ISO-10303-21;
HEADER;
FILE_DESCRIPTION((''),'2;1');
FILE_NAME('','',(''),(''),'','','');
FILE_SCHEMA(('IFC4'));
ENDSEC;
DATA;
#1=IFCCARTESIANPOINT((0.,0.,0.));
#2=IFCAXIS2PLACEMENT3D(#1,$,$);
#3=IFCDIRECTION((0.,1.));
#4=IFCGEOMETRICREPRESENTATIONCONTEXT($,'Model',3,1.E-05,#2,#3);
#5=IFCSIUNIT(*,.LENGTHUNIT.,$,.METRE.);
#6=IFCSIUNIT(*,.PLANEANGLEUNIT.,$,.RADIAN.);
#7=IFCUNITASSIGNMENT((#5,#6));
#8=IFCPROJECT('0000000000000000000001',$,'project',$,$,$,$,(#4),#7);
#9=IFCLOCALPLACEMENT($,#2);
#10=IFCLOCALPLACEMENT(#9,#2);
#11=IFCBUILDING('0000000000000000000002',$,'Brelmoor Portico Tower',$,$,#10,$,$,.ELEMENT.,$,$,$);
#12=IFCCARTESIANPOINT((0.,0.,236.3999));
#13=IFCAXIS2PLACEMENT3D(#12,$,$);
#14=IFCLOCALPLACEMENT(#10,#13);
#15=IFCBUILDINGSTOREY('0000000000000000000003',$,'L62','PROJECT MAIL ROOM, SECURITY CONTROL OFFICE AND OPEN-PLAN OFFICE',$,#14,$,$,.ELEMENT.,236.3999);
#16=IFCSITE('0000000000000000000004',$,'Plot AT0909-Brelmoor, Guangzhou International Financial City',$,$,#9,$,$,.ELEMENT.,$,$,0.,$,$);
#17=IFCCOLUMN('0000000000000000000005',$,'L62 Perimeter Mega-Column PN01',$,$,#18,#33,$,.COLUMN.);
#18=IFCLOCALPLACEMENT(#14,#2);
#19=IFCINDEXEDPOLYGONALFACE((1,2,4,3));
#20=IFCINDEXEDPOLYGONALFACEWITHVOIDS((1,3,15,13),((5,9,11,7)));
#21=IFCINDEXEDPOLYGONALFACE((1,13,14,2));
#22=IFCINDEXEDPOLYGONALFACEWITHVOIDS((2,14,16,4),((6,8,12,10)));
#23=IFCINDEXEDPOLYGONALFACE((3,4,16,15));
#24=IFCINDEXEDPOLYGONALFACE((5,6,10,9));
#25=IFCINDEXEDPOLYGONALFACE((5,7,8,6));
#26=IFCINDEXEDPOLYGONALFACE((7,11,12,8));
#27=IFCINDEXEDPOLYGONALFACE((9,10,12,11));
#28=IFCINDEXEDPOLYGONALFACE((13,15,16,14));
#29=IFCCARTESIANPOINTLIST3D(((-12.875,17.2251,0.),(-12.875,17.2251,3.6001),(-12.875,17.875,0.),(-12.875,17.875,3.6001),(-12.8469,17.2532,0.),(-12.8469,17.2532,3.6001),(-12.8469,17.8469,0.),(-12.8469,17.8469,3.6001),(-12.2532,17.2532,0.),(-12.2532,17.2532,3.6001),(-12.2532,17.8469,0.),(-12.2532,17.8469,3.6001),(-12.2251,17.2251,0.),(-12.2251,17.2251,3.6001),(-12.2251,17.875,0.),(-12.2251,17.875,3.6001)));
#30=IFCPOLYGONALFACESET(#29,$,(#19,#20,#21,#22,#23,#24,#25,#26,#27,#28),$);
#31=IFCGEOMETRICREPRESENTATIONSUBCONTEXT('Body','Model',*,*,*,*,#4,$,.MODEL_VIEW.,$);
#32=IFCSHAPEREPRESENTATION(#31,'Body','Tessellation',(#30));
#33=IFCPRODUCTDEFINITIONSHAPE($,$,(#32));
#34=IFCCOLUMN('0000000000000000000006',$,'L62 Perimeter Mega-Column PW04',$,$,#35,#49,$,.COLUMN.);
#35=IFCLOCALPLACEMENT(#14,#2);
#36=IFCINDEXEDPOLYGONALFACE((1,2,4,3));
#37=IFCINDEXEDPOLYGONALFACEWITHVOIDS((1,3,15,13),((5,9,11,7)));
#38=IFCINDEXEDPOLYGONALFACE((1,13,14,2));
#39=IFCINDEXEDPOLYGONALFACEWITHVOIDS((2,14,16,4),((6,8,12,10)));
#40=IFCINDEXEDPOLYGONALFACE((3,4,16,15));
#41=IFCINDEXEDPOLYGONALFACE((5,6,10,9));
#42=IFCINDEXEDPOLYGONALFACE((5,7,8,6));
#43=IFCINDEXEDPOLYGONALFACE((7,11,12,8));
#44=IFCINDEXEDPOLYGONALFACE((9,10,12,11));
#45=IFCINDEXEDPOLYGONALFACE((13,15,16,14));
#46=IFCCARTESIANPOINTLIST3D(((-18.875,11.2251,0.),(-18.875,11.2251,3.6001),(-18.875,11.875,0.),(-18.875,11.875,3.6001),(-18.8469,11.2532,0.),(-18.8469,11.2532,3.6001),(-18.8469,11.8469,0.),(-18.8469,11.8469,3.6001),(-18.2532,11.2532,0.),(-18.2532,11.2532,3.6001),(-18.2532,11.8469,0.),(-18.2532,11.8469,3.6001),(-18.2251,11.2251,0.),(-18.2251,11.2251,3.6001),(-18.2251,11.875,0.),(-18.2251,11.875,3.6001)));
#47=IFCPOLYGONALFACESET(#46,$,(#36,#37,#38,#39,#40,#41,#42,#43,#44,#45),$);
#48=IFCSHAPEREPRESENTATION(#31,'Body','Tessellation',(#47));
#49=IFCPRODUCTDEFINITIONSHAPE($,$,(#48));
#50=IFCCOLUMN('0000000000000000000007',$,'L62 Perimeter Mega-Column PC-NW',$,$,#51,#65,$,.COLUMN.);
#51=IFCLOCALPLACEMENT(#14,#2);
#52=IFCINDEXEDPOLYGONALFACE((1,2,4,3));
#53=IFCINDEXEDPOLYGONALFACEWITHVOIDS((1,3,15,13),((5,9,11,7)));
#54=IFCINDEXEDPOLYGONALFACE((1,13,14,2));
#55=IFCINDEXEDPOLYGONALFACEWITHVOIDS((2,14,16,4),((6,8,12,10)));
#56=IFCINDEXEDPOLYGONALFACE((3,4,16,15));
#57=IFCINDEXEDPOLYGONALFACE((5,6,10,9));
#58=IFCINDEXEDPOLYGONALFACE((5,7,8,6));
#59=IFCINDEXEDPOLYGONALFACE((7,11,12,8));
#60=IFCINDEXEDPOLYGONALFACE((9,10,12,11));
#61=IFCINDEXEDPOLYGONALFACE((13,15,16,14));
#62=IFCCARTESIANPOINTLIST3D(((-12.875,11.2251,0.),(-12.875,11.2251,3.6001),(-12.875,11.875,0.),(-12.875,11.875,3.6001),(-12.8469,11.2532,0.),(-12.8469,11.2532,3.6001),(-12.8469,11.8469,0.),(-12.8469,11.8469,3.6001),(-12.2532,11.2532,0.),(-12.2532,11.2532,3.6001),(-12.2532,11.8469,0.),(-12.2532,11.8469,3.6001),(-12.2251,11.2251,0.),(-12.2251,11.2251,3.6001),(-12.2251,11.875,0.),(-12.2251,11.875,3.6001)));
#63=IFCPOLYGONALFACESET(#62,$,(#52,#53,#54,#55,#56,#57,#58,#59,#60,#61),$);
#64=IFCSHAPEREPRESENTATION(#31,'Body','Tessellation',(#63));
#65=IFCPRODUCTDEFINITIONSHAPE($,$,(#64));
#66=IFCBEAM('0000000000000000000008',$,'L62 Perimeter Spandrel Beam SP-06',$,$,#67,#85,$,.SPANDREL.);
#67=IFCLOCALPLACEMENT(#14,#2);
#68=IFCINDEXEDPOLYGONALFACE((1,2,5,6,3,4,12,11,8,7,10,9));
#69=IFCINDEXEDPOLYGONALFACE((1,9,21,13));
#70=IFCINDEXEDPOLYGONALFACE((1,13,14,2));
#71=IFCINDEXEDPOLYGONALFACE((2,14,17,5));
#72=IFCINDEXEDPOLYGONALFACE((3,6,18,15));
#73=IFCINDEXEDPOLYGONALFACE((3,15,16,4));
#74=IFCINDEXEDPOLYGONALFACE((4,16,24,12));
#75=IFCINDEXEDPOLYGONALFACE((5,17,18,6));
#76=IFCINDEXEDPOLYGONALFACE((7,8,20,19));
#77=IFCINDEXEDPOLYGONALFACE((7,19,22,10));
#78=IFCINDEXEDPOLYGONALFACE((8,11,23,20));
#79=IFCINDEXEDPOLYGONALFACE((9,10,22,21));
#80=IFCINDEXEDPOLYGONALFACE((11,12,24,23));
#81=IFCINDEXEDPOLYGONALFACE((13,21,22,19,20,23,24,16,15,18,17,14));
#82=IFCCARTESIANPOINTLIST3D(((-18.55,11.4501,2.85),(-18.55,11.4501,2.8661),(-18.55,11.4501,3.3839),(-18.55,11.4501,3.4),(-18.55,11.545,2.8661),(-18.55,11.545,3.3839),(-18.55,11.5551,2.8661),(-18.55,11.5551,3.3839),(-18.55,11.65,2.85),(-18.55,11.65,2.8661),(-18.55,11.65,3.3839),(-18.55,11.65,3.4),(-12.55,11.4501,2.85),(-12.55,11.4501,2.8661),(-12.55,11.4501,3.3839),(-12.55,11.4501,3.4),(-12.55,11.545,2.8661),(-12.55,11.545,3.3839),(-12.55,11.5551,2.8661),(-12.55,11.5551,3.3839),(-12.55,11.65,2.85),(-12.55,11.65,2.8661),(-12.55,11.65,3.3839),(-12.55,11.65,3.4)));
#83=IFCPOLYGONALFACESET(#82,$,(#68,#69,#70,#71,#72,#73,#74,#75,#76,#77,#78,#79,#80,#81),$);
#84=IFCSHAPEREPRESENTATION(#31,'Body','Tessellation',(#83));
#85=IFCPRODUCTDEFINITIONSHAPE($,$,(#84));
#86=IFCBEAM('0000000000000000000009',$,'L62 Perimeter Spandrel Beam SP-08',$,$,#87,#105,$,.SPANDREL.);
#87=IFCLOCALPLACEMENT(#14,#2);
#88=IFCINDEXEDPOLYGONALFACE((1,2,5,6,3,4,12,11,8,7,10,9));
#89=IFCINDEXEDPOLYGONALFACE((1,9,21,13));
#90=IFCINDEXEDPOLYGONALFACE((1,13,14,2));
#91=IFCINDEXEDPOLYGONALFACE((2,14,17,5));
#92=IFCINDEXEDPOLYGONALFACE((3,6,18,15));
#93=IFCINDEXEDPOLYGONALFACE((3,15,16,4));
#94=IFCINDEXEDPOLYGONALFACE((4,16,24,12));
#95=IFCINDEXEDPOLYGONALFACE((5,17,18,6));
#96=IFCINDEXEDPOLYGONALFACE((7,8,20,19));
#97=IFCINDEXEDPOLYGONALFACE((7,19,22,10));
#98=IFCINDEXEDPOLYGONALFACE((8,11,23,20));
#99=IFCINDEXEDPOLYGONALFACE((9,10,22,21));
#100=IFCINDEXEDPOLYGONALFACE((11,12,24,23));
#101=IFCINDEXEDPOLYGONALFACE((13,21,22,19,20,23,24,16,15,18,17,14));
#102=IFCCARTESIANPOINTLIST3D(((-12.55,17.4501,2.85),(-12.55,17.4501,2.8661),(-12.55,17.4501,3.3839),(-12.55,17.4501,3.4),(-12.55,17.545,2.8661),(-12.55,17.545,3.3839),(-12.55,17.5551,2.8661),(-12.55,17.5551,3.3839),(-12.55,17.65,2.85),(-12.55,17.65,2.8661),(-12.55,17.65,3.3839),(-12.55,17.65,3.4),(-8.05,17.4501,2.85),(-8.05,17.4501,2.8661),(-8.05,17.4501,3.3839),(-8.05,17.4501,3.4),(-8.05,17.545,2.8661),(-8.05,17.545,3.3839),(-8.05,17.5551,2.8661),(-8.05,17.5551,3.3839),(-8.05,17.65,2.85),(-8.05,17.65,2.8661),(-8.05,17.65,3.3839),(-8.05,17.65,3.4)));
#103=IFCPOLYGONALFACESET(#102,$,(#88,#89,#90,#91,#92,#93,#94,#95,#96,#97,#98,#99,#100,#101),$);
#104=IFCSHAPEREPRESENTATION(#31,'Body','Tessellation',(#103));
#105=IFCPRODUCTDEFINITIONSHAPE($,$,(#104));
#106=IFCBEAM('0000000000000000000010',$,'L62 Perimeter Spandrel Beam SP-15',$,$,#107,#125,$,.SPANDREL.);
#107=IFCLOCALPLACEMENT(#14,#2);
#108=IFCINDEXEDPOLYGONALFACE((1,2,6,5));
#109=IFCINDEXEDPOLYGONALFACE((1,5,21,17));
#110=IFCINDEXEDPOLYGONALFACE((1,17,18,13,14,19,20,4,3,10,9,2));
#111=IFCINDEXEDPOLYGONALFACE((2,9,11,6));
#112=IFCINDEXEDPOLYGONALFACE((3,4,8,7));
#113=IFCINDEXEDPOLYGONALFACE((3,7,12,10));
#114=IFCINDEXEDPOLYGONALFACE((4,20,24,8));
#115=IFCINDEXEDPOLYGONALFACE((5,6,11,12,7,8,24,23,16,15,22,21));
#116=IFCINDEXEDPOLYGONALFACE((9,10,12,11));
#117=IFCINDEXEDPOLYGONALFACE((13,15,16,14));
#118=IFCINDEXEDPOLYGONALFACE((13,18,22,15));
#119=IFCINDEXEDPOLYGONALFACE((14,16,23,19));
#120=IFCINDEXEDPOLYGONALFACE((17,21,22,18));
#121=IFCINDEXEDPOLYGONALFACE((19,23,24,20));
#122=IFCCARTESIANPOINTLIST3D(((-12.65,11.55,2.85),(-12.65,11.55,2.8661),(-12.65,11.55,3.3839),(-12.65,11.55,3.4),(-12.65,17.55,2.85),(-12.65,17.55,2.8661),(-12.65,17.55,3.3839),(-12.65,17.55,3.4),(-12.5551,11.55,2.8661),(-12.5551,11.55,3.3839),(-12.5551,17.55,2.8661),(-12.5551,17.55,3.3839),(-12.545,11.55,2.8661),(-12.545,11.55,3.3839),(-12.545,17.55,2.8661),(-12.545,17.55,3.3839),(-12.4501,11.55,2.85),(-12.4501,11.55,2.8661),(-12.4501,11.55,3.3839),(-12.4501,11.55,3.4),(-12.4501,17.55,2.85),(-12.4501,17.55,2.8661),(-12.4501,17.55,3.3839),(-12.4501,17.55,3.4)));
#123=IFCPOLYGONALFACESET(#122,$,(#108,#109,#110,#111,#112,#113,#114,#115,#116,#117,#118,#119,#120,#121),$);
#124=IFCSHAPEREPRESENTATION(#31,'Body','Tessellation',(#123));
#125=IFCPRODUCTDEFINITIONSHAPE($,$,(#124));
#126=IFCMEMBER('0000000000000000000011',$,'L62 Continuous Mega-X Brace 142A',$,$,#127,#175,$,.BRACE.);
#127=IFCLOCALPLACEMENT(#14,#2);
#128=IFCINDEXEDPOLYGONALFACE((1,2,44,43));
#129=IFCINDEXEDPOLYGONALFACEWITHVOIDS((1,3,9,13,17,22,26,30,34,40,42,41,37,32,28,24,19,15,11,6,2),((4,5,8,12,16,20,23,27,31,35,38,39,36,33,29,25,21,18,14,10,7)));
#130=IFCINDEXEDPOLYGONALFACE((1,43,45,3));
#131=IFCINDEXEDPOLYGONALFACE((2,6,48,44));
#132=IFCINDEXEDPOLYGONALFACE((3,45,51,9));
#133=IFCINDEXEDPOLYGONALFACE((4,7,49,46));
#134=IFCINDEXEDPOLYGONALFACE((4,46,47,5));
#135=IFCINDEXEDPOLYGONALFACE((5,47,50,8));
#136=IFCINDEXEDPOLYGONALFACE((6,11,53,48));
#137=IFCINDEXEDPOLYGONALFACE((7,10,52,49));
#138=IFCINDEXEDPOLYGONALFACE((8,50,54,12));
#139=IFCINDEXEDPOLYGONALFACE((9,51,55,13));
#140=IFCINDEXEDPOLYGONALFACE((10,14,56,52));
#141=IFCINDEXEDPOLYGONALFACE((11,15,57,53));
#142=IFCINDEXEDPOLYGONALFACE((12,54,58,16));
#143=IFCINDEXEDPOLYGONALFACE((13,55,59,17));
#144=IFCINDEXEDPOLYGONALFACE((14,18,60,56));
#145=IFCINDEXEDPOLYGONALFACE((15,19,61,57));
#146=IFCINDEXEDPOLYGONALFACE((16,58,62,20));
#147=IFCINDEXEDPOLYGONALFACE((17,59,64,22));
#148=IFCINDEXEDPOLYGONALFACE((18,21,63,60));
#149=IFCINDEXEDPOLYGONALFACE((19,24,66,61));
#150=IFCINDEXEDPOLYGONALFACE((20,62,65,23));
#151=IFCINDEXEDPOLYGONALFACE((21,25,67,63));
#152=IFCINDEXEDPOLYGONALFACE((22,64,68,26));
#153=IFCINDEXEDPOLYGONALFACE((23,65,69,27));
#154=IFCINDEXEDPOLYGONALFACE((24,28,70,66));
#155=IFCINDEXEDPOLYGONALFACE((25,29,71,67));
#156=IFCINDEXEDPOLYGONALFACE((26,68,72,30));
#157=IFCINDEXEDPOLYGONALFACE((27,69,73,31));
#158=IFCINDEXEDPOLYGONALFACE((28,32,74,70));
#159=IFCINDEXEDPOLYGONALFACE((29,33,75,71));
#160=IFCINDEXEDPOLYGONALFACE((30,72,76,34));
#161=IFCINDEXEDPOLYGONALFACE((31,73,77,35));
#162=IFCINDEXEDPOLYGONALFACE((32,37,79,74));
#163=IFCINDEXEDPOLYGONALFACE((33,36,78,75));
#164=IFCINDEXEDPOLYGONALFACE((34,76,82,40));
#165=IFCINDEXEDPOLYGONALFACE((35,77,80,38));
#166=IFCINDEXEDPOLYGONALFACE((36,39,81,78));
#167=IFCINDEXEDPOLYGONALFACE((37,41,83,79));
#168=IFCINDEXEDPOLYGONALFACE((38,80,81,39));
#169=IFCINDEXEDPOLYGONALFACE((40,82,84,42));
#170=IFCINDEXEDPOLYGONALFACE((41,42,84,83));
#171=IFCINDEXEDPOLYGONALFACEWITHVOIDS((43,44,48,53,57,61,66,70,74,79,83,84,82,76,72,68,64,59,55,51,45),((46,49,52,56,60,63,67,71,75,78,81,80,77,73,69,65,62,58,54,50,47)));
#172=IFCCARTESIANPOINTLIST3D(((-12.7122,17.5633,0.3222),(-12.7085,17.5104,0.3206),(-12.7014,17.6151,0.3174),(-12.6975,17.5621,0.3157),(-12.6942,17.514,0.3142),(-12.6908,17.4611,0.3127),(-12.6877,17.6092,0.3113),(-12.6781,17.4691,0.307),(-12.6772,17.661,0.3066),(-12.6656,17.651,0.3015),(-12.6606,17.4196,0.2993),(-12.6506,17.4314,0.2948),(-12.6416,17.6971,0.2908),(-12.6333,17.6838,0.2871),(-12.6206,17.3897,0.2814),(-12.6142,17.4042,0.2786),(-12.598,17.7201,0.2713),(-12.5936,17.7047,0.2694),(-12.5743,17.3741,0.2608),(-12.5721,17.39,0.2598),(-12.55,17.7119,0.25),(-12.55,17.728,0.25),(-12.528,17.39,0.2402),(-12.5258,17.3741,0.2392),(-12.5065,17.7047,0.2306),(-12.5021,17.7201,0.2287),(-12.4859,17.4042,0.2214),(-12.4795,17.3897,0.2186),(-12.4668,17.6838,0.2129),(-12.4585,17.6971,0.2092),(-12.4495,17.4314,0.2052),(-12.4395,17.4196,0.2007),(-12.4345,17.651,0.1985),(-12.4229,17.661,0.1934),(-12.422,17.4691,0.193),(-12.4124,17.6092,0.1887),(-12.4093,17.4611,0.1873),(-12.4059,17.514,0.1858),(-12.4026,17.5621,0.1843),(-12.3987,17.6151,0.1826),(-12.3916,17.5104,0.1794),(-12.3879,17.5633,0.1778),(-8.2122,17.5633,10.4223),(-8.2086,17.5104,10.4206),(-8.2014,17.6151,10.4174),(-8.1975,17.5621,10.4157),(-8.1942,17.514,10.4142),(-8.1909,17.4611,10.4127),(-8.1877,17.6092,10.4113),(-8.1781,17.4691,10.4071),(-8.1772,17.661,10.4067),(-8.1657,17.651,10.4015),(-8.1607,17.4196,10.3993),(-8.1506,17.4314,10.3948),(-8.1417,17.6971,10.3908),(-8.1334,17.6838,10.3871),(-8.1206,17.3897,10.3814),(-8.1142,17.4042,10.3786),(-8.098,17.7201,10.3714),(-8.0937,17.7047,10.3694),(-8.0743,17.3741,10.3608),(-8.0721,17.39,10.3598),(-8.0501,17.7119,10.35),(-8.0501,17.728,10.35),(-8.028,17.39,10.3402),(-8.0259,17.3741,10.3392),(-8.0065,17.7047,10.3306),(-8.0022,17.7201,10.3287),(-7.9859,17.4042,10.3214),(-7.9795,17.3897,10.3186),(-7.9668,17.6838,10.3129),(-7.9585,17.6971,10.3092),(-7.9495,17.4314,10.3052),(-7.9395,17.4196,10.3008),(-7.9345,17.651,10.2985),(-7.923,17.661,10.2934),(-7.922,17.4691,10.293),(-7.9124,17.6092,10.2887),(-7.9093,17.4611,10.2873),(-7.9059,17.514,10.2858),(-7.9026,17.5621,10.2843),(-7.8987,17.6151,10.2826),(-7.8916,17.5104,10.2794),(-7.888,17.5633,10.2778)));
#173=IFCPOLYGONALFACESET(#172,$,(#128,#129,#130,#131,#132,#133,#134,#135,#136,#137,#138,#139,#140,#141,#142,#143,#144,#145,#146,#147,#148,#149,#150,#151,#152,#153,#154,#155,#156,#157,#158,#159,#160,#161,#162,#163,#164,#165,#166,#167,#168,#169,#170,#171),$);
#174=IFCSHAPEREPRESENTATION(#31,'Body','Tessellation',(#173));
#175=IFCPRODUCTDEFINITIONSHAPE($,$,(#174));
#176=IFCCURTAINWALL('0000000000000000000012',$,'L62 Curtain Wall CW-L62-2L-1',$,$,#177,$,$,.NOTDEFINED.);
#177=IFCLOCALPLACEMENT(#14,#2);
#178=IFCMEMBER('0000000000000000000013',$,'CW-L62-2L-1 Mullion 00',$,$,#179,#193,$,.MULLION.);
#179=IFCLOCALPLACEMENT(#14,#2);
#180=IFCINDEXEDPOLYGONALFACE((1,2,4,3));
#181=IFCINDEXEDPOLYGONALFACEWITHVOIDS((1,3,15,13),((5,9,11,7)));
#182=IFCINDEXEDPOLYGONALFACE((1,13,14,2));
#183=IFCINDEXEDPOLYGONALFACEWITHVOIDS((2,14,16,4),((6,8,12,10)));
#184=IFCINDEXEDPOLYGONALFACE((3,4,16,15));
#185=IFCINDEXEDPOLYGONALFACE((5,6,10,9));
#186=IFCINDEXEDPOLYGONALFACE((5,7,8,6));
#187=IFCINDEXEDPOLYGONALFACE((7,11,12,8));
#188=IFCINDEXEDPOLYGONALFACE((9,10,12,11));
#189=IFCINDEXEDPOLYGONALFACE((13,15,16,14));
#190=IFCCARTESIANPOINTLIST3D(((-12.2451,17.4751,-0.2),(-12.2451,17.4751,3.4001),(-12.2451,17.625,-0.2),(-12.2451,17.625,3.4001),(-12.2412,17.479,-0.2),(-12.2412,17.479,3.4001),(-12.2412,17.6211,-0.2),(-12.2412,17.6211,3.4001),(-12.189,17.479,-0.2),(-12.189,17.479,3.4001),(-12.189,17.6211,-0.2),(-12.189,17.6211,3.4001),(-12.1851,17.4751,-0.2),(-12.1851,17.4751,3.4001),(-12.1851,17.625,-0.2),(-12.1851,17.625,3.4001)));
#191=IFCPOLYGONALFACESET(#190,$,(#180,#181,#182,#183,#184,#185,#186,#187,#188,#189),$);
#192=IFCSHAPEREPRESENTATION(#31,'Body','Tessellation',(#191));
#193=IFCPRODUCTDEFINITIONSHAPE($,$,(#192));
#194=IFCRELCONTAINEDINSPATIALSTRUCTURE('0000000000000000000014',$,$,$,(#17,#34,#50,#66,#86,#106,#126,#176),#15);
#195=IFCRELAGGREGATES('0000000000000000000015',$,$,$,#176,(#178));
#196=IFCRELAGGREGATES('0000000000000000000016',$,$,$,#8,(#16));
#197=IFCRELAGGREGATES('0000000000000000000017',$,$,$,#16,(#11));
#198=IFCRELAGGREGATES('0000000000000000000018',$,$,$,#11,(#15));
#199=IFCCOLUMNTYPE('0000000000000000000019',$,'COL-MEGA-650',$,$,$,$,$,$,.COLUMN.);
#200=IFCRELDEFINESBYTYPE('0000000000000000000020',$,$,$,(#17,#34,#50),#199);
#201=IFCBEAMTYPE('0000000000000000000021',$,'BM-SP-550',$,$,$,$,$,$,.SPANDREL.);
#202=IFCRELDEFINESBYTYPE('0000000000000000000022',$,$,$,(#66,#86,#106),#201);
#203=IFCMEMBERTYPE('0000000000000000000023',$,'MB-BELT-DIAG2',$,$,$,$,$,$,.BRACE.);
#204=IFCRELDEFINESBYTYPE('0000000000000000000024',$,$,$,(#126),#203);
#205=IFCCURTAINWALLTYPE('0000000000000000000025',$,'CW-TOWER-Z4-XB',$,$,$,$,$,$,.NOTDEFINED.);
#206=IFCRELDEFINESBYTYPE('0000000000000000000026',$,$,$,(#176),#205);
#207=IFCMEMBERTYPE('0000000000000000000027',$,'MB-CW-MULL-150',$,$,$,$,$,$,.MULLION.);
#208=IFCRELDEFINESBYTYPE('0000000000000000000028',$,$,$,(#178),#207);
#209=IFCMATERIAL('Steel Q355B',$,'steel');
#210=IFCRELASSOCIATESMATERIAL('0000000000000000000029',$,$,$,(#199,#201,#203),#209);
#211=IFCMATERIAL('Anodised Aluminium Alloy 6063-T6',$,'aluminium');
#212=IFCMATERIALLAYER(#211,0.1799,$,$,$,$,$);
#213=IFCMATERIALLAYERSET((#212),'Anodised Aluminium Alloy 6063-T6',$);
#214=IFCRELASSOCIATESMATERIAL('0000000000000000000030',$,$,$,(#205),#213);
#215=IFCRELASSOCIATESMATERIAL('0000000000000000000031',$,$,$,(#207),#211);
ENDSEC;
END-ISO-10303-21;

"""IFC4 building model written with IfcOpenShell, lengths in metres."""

from ifc_helpers import new_model, si_unit, direction, frame, origin, origin_2d, place, context, subcontext, project, spatial, hollow_rectangle, hollow_circle, i_section, extrude, material, layer, layer_set, material_profile, profile_set, type_object, element, aggregate, save


model = new_model("IFC4")

# Units and contexts
model_context = context("Model", 3, precision=1e-05, world=origin(), true_north=direction((0.0, 1.0)))
body_context = subcontext(model_context, "Body", "Model", "MODEL_VIEW")
ifc_project = project(units=[si_unit("LENGTHUNIT", "METRE"), si_unit("PLANEANGLEUNIT", "RADIAN")], contexts=[model_context])

# Site, building, storey
site_placement = place(None, origin())
site = spatial("IfcSite", under=ifc_project, at=site_placement, Name="Plot AT0909-Brelmoor, Guangzhou International Financial City", CompositionType="ELEMENT", RefElevation=0.0)
building_placement = place(site_placement, origin())
building = spatial("IfcBuilding", under=site, at=building_placement, Name="Brelmoor Portico Tower", CompositionType="ELEMENT")
storey_placement = place(building_placement, frame((0.0, 0.0, 236.3999)))
storey = spatial("IfcBuildingStorey", under=building, at=storey_placement, Name="L62", Description="PROJECT MAIL ROOM, SECURITY CONTROL OFFICE AND OPEN-PLAN OFFICE", CompositionType="ELEMENT", Elevation=236.3999)

# Columns
ifc_material_1 = material(Name="Steel Q355B", Category="steel")
ifc_material_profile_1 = material_profile(ifc_material_1, hollow_rectangle(XDim=0.6499, YDim=0.6499, WallThickness=0.0281, at=origin_2d()), Name="BOX 650x650x28")
ifc_profile_set_1 = profile_set([ifc_material_profile_1], Name="Steel Q355B")
column_type = type_object("IfcColumnType", Name="COL-MEGA-650", PredefinedType="COLUMN", material=ifc_profile_set_1)
for number, where, z_axis, x_axis, name in (
    (1, (-12.55, 17.55, 0.0), (0.0, 0.0, 1.0), (1.0, 0.0, 0.0), "L62 Perimeter Mega-Column PN01"),
    (2, (-18.55, 11.55, 0.0), (0.0, 0.0, 1.0), (0.0, 1.0, 0.0), "L62 Perimeter Mega-Column PW04"),
    (3, (-12.55, 11.55, 0.0), (0.0, 0.0, 1.0), (1.0, 0.0, 0.0), "L62 Perimeter Mega-Column PC-NW"),
):
    element("IfcColumn", number, at=place(storey_placement, frame(where, z_axis=z_axis, x_axis=x_axis)), inside=storey, type_object=column_type, Name=name, PredefinedType="COLUMN", context=body_context, shape_type="SweptSolid", body=[
        extrude(hollow_rectangle(XDim=0.6499, YDim=0.6499, WallThickness=0.0281, at=origin_2d()), origin(), (0.0, 0.0, 1.0), 3.6001),
    ])

# Beams
ifc_material_profile_2 = material_profile(ifc_material_1, i_section(OverallWidth=0.2, OverallDepth=0.55, WebThickness=0.01, FlangeThickness=0.0161, at=origin_2d()), Name="HN 550x200x10x16")
ifc_profile_set_2 = profile_set([ifc_material_profile_2], Name="Steel Q355B")
beam_type = type_object("IfcBeamType", Name="BM-SP-550", PredefinedType="SPANDREL", material=ifc_profile_set_2)
beam_1_placement = place(storey_placement, frame((-18.55, 11.55, 3.125), z_axis=(1.0, 0.0, 0.0), x_axis=(0.0, 1.0, 0.0)))
element("IfcBeam", 4, at=beam_1_placement, inside=storey, type_object=beam_type, Name="L62 Perimeter Spandrel Beam SP-06", PredefinedType="SPANDREL", context=body_context, shape_type="SweptSolid", body=[
    extrude(i_section(OverallWidth=0.2, OverallDepth=0.55, WebThickness=0.01, FlangeThickness=0.0161, at=origin_2d()), origin(), (0.0, 0.0, 1.0), 6.0),
])
beam_2_placement = place(storey_placement, frame((-12.55, 17.55, 3.125), z_axis=(1.0, 0.0, 0.0), x_axis=(0.0, 1.0, 0.0)))
element("IfcBeam", 5, at=beam_2_placement, inside=storey, type_object=beam_type, Name="L62 Perimeter Spandrel Beam SP-08", PredefinedType="SPANDREL", context=body_context, shape_type="SweptSolid", body=[
    extrude(i_section(OverallWidth=0.2, OverallDepth=0.55, WebThickness=0.01, FlangeThickness=0.0161, at=origin_2d()), origin(), (0.0, 0.0, 1.0), 4.5),
])
beam_3_placement = place(storey_placement, frame((-12.55, 11.55, 3.125), z_axis=(0.0, 1.0, 0.0), x_axis=(-1.0, 0.0, 0.0)))
element("IfcBeam", 6, at=beam_3_placement, inside=storey, type_object=beam_type, Name="L62 Perimeter Spandrel Beam SP-15", PredefinedType="SPANDREL", context=body_context, shape_type="SweptSolid", body=[
    extrude(i_section(OverallWidth=0.2, OverallDepth=0.55, WebThickness=0.01, FlangeThickness=0.0161, at=origin_2d()), origin(), (0.0, 0.0, 1.0), 6.0),
])

# Member
ifc_material_profile_3 = material_profile(ifc_material_1, hollow_circle(Radius=0.178, WallThickness=0.0161, at=origin_2d()), Name="CHS 356x16")
ifc_profile_set_3 = profile_set([ifc_material_profile_3], Name="Steel Q355B")
member_type_1 = type_object("IfcMemberType", Name="MB-BELT-DIAG2", PredefinedType="BRACE", material=ifc_profile_set_3)
member_1_placement = place(storey_placement, frame((-12.55, 17.55, 0.25), z_axis=(0.406974, 0.0, 0.91344), x_axis=(0.0, 1.0, 0.0)))
element("IfcMember", 7, at=member_1_placement, inside=storey, type_object=member_type_1, Name="L62 Continuous Mega-X Brace 142A", PredefinedType="BRACE", context=body_context, shape_type="SweptSolid", body=[
    extrude(hollow_circle(Radius=0.178, WallThickness=0.0161, at=origin_2d()), origin(), (0.0, 0.0, 1.0), 11.0571),
])

# Curtain wall, member
ifc_material_2 = material(Name="Anodised Aluminium Alloy 6063-T6", Category="aluminium")
ifc_layer_1 = layer(ifc_material_2, 0.1799)
ifc_layer_set_1 = layer_set([ifc_layer_1], Name="Anodised Aluminium Alloy 6063-T6")
curtain_wall_type_1 = type_object("IfcCurtainWallType", Name="CW-TOWER-Z4-XB", PredefinedType="NOTDEFINED", material=ifc_layer_set_1)
curtain_wall_1_placement = place(storey_placement, origin())
curtain_wall_1 = element("IfcCurtainWall", 8, at=curtain_wall_1_placement, inside=storey, type_object=curtain_wall_type_1, Name="L62 Curtain Wall CW-L62-2L-1", PredefinedType="NOTDEFINED")
ifc_material_profile_4 = material_profile(ifc_material_2, hollow_rectangle(XDim=0.0601, YDim=0.1499, WallThickness=0.0039, at=origin_2d()), Name="ALU MULLION 60x150")
ifc_profile_set_4 = profile_set([ifc_material_profile_4], Name="Anodised Aluminium Alloy 6063-T6")
member_type_2 = type_object("IfcMemberType", Name="MB-CW-MULL-150", PredefinedType="MULLION", material=ifc_profile_set_4)
member_2_placement = place(storey_placement, frame((-12.2151, 17.55, -0.2), z_axis=(0.0, 0.0, 1.0), x_axis=(1.0, 0.0, 0.0)))
member_2 = element("IfcMember", 9, at=member_2_placement, type_object=member_type_2, Name="CW-L62-2L-1 Mullion 00", PredefinedType="MULLION", context=body_context, shape_type="SweptSolid", body=[
    extrude(hollow_rectangle(XDim=0.0601, YDim=0.1499, WallThickness=0.0039, at=origin_2d()), origin(), (0.0, 0.0, 1.0), 3.6001),
])

aggregate(curtain_wall_1, [member_2])

save(model, "model.ifc")
